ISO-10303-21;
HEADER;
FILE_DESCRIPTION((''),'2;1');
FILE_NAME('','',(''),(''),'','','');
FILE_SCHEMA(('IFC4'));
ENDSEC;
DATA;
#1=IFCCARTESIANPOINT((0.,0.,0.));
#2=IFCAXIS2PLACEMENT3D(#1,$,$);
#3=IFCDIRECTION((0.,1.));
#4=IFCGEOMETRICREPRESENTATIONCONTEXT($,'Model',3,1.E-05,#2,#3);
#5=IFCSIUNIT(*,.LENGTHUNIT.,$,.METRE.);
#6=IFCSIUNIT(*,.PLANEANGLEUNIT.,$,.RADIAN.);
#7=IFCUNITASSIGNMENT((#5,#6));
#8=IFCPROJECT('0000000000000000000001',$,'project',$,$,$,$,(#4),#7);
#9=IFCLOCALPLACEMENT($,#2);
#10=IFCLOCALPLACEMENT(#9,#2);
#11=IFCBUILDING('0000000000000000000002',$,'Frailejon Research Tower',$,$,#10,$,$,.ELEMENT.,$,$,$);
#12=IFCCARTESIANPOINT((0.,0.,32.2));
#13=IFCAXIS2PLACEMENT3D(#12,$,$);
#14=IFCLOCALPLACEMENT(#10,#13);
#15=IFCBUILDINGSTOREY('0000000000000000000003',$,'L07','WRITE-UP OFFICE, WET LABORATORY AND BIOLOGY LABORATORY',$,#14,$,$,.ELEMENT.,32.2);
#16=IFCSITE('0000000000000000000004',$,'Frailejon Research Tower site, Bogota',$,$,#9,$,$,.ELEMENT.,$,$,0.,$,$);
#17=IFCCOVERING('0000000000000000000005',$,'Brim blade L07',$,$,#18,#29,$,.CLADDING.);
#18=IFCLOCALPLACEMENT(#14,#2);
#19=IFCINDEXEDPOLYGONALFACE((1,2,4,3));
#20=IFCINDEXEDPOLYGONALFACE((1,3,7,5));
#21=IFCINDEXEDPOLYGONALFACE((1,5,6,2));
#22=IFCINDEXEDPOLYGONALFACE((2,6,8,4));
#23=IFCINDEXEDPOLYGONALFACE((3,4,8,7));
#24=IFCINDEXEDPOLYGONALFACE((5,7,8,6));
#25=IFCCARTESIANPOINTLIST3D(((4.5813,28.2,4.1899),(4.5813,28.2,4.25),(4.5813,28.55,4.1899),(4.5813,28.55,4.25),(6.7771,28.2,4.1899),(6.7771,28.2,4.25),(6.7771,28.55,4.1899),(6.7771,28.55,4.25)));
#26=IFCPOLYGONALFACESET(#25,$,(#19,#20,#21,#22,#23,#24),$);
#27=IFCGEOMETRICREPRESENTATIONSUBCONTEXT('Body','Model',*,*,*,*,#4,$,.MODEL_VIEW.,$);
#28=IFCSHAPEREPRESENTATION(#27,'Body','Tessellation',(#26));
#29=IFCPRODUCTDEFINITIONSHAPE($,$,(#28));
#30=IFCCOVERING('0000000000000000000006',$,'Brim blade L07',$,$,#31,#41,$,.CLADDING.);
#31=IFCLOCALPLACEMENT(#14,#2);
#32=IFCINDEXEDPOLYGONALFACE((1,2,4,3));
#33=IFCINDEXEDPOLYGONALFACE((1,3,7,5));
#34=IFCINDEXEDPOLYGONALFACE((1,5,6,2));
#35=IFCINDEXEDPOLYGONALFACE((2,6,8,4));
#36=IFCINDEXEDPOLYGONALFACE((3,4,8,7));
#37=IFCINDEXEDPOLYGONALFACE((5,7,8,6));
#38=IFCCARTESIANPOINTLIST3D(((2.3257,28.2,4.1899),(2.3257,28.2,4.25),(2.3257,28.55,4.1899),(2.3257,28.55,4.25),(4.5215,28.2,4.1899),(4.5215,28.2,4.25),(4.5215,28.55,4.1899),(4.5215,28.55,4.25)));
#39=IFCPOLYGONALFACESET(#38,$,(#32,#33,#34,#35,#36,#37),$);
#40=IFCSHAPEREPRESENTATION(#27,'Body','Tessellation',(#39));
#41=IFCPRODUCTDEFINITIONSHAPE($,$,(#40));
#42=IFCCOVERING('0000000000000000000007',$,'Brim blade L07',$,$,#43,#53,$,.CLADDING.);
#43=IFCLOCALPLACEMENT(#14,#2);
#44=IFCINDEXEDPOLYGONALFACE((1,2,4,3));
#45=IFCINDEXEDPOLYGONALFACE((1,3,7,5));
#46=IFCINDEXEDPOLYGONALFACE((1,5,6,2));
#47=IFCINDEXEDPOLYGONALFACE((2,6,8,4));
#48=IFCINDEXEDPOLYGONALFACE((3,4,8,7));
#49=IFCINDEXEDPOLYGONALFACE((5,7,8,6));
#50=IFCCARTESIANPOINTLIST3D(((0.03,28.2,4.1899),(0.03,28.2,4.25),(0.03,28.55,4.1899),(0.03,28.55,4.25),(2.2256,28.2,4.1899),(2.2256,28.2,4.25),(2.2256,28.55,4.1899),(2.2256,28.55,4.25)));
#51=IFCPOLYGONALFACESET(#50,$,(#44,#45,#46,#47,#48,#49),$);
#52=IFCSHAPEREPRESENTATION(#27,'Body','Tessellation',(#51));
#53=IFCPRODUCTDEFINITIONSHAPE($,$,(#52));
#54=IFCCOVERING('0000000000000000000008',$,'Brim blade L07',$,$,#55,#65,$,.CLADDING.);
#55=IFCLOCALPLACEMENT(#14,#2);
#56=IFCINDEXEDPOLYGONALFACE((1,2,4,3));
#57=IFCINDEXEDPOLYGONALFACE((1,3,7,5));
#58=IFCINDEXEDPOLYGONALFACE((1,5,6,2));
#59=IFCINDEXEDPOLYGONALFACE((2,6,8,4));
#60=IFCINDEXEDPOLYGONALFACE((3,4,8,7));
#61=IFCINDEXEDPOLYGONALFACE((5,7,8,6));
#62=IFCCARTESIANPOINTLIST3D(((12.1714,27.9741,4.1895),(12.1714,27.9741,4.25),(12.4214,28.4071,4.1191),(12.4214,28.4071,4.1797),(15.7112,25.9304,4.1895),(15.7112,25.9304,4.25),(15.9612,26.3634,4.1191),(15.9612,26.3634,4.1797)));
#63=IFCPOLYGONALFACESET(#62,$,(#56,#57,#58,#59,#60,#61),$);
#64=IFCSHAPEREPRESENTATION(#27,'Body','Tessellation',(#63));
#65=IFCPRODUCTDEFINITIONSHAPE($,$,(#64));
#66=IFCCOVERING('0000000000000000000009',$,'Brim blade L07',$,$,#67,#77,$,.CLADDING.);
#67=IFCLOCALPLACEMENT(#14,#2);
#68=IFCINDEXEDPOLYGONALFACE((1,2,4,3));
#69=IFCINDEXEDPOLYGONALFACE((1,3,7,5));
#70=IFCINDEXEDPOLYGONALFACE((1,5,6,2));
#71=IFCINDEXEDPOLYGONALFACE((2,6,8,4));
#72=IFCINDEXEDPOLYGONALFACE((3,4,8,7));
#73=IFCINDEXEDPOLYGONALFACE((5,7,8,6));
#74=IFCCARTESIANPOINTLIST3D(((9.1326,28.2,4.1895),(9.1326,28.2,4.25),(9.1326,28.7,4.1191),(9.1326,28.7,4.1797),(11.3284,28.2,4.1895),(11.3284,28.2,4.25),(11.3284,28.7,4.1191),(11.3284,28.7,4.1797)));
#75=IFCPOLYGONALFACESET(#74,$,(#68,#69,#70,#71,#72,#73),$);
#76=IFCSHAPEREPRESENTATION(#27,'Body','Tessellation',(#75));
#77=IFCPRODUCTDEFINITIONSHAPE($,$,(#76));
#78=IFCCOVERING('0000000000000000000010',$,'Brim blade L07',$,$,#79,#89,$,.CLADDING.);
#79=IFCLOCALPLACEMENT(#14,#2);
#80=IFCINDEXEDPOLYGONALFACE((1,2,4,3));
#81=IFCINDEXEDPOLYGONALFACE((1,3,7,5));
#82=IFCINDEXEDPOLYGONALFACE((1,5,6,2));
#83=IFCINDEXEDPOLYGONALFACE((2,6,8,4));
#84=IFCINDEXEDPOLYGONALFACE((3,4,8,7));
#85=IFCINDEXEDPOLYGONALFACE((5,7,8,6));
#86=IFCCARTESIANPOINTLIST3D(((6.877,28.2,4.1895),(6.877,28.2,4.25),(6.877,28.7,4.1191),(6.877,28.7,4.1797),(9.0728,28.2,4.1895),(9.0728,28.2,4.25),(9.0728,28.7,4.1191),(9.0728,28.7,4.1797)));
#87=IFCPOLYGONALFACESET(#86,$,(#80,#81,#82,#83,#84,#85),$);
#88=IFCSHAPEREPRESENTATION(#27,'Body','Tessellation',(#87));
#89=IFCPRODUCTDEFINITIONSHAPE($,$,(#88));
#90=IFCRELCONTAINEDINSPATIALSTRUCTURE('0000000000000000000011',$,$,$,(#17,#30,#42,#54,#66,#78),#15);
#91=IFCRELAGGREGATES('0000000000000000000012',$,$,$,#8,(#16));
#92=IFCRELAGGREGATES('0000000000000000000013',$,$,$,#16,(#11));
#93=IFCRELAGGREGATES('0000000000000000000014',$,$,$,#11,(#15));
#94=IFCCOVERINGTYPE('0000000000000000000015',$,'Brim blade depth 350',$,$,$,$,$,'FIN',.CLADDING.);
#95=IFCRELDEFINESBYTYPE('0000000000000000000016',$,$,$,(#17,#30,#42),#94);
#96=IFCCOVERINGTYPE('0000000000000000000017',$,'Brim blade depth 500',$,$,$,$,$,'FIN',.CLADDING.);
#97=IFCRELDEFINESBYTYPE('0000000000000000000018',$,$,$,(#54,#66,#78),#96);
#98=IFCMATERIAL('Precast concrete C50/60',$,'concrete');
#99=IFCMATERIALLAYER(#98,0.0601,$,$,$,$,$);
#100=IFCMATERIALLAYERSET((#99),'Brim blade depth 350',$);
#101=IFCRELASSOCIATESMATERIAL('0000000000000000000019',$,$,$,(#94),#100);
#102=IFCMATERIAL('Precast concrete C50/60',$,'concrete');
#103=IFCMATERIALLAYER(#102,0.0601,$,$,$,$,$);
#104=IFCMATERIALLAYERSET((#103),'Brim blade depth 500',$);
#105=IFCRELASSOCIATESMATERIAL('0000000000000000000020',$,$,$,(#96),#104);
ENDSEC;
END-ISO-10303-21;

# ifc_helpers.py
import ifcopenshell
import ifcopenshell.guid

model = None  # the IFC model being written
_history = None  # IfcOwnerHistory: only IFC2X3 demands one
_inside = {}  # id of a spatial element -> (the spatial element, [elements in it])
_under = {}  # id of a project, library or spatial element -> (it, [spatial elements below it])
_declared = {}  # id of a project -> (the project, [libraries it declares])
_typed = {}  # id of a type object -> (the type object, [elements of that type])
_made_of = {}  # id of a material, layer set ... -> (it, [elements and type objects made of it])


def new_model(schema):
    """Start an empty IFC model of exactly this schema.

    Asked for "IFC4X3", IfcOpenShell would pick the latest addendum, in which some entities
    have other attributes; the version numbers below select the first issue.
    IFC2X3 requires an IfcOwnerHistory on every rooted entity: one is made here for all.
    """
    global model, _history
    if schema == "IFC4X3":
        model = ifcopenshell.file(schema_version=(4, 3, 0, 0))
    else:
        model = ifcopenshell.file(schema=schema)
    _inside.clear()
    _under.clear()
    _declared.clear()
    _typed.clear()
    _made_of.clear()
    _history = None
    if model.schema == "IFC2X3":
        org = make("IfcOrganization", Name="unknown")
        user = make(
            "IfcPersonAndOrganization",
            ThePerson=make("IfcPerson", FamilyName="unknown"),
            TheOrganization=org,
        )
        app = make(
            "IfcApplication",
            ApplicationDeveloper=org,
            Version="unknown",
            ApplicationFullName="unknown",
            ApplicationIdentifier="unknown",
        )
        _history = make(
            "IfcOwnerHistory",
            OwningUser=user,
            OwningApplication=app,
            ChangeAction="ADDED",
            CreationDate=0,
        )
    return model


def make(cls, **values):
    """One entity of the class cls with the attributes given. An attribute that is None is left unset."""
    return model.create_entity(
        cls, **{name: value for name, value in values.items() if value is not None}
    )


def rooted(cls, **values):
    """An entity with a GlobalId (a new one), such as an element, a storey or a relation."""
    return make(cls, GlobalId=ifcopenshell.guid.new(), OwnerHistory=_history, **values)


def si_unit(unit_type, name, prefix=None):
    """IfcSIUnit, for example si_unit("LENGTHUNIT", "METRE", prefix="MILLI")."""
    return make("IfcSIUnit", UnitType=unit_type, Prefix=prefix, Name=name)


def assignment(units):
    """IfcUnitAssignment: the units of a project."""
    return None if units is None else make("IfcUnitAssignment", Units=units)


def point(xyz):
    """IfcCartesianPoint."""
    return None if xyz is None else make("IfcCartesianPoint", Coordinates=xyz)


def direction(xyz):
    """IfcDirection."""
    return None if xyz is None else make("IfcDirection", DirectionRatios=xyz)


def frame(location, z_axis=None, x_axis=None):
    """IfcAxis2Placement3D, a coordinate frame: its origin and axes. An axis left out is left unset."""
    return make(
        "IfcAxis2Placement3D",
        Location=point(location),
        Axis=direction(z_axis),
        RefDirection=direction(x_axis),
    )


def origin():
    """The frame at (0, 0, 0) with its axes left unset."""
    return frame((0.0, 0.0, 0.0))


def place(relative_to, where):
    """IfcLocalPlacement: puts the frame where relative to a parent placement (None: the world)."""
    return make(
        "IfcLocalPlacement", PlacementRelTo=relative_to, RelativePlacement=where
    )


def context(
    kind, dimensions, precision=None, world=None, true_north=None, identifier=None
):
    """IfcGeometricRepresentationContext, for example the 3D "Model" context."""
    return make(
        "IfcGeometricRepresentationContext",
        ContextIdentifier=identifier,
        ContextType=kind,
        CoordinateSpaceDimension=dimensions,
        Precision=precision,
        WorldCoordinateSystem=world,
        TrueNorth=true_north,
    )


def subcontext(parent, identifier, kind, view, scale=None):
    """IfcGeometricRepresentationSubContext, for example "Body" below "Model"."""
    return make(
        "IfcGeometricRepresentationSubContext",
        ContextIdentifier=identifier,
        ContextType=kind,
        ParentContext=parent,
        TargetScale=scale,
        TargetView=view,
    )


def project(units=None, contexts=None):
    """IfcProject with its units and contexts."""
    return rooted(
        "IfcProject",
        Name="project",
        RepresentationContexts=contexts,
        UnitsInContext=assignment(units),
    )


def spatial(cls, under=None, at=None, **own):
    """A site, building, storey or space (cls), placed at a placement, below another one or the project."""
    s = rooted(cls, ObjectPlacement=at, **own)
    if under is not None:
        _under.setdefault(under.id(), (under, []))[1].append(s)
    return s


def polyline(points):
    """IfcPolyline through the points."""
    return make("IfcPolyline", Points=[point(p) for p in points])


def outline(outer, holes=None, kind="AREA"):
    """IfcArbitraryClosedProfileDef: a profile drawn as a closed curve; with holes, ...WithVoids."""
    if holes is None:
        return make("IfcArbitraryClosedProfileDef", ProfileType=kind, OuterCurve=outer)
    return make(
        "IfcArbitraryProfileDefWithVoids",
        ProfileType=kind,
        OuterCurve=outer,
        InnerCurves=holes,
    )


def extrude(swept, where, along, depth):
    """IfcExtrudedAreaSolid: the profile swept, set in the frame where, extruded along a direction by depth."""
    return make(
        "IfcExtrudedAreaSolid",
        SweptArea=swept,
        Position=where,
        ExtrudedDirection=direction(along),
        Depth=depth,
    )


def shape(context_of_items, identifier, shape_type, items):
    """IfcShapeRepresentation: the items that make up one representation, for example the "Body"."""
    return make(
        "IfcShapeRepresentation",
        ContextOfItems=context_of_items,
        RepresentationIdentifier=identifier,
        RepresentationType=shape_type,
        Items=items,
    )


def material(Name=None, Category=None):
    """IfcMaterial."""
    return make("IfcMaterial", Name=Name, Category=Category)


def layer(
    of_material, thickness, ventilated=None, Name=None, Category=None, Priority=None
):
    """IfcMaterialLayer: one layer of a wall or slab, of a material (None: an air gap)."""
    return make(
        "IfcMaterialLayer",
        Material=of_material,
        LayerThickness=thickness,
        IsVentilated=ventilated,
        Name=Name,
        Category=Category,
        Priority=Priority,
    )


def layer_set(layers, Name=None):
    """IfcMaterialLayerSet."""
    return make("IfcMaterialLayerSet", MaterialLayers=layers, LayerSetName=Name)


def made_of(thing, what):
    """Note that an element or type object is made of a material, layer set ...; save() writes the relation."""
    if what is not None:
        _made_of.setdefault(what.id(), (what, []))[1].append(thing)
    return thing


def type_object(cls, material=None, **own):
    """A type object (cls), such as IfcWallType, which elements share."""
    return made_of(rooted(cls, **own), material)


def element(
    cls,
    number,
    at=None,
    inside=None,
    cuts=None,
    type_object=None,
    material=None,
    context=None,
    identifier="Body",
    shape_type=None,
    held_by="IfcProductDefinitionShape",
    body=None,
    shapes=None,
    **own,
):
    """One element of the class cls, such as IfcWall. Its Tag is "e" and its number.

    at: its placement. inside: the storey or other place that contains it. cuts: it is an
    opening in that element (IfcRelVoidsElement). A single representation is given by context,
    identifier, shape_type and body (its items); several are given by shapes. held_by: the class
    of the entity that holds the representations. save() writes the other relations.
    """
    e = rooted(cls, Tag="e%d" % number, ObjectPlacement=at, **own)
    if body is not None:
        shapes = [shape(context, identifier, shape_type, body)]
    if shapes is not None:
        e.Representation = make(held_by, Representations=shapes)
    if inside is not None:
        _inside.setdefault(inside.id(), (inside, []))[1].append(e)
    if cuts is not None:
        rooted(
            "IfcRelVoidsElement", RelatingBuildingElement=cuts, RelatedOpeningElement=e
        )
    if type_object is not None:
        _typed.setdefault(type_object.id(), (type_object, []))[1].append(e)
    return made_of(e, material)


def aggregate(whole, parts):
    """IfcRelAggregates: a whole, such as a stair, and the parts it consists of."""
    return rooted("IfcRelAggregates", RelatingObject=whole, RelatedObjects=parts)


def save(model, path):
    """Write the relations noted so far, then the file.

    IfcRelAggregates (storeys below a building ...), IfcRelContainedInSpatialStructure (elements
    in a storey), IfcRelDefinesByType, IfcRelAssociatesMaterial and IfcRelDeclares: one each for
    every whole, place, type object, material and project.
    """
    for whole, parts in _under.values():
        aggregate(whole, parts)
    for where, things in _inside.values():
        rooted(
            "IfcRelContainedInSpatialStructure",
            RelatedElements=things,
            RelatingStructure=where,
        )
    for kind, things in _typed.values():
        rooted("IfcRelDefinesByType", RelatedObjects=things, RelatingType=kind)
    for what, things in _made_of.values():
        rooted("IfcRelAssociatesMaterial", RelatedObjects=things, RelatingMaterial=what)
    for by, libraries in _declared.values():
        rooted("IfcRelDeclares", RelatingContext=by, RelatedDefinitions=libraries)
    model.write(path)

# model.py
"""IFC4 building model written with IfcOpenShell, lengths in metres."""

from ifc_helpers import new_model, si_unit, direction, frame, origin, place, context, subcontext, project, spatial, polyline, outline, extrude, material, layer, layer_set, type_object, element, save


model = new_model("IFC4")

# Units and contexts
model_context = context("Model", 3, precision=1e-05, world=origin(), true_north=direction((0.0, 1.0)))
body_context = subcontext(model_context, "Body", "Model", "MODEL_VIEW")
ifc_project = project(units=[si_unit("LENGTHUNIT", "METRE"), si_unit("PLANEANGLEUNIT", "RADIAN")], contexts=[model_context])

# Site, building, storey
site_placement = place(None, origin())
site = spatial("IfcSite", under=ifc_project, at=site_placement, Name="Frailejon Research Tower site, Bogota", CompositionType="ELEMENT", RefElevation=0.0)
building_placement = place(site_placement, origin())
building = spatial("IfcBuilding", under=site, at=building_placement, Name="Frailejon Research Tower", CompositionType="ELEMENT")
storey_placement = place(building_placement, frame((0.0, 0.0, 32.2)))
storey = spatial("IfcBuildingStorey", under=building, at=storey_placement, Name="L07", Description="WRITE-UP OFFICE, WET LABORATORY AND BIOLOGY LABORATORY", CompositionType="ELEMENT", Elevation=32.2)

# Coverings
ifc_material_1 = material(Name="Precast concrete C50/60", Category="concrete")
ifc_layer_1 = layer(ifc_material_1, 0.0601)
ifc_layer_set_1 = layer_set([ifc_layer_1], Name="Brim blade depth 350")
covering_type_1 = type_object("IfcCoveringType", Name="Brim blade depth 350", ElementType="FIN", PredefinedType="CLADDING", material=ifc_layer_set_1)
for number, where, z_axis, x_axis, name in (
    (1, (4.5813, 28.2, 4.25), (1.0, 0.0, 0.0), (0.0, 1.0, 0.0), "Brim blade L07"),
    (2, (2.3257, 28.2, 4.25), (1.0, 0.0, 0.0), (0.0, 1.0, 0.0), "Brim blade L07"),
):
    element("IfcCovering", number, at=place(storey_placement, frame(where, z_axis=z_axis, x_axis=x_axis)), inside=storey, type_object=covering_type_1, Name=name, PredefinedType="CLADDING", context=body_context, shape_type="SweptSolid", body=[
        extrude(outline(polyline([(0.0, -0.0601), (0.3501, -0.0601), (0.3501, 0.0), (0.0, 0.0), (0.0, -0.0601)])), origin(), (0.0, 0.0, 1.0), 2.1958),
    ])
covering_1_placement = place(storey_placement, frame((0.03, 28.2, 4.25), z_axis=(1.0, 0.0, 0.0), x_axis=(0.0, 1.0, 0.0)))
element("IfcCovering", 3, at=covering_1_placement, inside=storey, type_object=covering_type_1, Name="Brim blade L07", PredefinedType="CLADDING", context=body_context, shape_type="SweptSolid", body=[
    extrude(outline(polyline([(0.0, -0.0601), (0.3501, -0.0601), (0.3501, 0.0), (0.0, 0.0), (0.0, -0.0601)])), origin(), (0.0, 0.0, 1.0), 2.1956),
])
ifc_material_2 = material(Name="Precast concrete C50/60", Category="concrete")
ifc_layer_2 = layer(ifc_material_2, 0.0601)
ifc_layer_set_2 = layer_set([ifc_layer_2], Name="Brim blade depth 500")
covering_type_2 = type_object("IfcCoveringType", Name="Brim blade depth 500", ElementType="FIN", PredefinedType="CLADDING", material=ifc_layer_set_2)
covering_2_placement = place(storey_placement, frame((12.1714, 27.9741, 4.25), z_axis=(0.866021, -0.500007, 0.0), x_axis=(0.500007, 0.866021, 0.0)))
element("IfcCovering", 4, at=covering_2_placement, inside=storey, type_object=covering_type_2, Name="Brim blade L07", PredefinedType="CLADDING", context=body_context, shape_type="SweptSolid", body=[
    extrude(outline(polyline([(0.0, -0.0605), (0.5, -0.1309), (0.5, -0.0703), (0.0, 0.0), (0.0, -0.0605)])), origin(), (0.0, 0.0, 1.0), 4.0874),
])
for number, where, z_axis, x_axis, name in (
    (5, (9.1326, 28.2, 4.25), (1.0, 0.0, 0.0), (0.0, 1.0, 0.0), "Brim blade L07"),
    (6, (6.877, 28.2, 4.25), (1.0, 0.0, 0.0), (0.0, 1.0, 0.0), "Brim blade L07"),
):
    element("IfcCovering", number, at=place(storey_placement, frame(where, z_axis=z_axis, x_axis=x_axis)), inside=storey, type_object=covering_type_2, Name=name, PredefinedType="CLADDING", context=body_context, shape_type="SweptSolid", body=[
        extrude(outline(polyline([(0.0, -0.0605), (0.5, -0.1309), (0.5, -0.0703), (0.0, 0.0), (0.0, -0.0605)])), origin(), (0.0, 0.0, 1.0), 2.1958),
    ])

save(model, "model.ifc")
